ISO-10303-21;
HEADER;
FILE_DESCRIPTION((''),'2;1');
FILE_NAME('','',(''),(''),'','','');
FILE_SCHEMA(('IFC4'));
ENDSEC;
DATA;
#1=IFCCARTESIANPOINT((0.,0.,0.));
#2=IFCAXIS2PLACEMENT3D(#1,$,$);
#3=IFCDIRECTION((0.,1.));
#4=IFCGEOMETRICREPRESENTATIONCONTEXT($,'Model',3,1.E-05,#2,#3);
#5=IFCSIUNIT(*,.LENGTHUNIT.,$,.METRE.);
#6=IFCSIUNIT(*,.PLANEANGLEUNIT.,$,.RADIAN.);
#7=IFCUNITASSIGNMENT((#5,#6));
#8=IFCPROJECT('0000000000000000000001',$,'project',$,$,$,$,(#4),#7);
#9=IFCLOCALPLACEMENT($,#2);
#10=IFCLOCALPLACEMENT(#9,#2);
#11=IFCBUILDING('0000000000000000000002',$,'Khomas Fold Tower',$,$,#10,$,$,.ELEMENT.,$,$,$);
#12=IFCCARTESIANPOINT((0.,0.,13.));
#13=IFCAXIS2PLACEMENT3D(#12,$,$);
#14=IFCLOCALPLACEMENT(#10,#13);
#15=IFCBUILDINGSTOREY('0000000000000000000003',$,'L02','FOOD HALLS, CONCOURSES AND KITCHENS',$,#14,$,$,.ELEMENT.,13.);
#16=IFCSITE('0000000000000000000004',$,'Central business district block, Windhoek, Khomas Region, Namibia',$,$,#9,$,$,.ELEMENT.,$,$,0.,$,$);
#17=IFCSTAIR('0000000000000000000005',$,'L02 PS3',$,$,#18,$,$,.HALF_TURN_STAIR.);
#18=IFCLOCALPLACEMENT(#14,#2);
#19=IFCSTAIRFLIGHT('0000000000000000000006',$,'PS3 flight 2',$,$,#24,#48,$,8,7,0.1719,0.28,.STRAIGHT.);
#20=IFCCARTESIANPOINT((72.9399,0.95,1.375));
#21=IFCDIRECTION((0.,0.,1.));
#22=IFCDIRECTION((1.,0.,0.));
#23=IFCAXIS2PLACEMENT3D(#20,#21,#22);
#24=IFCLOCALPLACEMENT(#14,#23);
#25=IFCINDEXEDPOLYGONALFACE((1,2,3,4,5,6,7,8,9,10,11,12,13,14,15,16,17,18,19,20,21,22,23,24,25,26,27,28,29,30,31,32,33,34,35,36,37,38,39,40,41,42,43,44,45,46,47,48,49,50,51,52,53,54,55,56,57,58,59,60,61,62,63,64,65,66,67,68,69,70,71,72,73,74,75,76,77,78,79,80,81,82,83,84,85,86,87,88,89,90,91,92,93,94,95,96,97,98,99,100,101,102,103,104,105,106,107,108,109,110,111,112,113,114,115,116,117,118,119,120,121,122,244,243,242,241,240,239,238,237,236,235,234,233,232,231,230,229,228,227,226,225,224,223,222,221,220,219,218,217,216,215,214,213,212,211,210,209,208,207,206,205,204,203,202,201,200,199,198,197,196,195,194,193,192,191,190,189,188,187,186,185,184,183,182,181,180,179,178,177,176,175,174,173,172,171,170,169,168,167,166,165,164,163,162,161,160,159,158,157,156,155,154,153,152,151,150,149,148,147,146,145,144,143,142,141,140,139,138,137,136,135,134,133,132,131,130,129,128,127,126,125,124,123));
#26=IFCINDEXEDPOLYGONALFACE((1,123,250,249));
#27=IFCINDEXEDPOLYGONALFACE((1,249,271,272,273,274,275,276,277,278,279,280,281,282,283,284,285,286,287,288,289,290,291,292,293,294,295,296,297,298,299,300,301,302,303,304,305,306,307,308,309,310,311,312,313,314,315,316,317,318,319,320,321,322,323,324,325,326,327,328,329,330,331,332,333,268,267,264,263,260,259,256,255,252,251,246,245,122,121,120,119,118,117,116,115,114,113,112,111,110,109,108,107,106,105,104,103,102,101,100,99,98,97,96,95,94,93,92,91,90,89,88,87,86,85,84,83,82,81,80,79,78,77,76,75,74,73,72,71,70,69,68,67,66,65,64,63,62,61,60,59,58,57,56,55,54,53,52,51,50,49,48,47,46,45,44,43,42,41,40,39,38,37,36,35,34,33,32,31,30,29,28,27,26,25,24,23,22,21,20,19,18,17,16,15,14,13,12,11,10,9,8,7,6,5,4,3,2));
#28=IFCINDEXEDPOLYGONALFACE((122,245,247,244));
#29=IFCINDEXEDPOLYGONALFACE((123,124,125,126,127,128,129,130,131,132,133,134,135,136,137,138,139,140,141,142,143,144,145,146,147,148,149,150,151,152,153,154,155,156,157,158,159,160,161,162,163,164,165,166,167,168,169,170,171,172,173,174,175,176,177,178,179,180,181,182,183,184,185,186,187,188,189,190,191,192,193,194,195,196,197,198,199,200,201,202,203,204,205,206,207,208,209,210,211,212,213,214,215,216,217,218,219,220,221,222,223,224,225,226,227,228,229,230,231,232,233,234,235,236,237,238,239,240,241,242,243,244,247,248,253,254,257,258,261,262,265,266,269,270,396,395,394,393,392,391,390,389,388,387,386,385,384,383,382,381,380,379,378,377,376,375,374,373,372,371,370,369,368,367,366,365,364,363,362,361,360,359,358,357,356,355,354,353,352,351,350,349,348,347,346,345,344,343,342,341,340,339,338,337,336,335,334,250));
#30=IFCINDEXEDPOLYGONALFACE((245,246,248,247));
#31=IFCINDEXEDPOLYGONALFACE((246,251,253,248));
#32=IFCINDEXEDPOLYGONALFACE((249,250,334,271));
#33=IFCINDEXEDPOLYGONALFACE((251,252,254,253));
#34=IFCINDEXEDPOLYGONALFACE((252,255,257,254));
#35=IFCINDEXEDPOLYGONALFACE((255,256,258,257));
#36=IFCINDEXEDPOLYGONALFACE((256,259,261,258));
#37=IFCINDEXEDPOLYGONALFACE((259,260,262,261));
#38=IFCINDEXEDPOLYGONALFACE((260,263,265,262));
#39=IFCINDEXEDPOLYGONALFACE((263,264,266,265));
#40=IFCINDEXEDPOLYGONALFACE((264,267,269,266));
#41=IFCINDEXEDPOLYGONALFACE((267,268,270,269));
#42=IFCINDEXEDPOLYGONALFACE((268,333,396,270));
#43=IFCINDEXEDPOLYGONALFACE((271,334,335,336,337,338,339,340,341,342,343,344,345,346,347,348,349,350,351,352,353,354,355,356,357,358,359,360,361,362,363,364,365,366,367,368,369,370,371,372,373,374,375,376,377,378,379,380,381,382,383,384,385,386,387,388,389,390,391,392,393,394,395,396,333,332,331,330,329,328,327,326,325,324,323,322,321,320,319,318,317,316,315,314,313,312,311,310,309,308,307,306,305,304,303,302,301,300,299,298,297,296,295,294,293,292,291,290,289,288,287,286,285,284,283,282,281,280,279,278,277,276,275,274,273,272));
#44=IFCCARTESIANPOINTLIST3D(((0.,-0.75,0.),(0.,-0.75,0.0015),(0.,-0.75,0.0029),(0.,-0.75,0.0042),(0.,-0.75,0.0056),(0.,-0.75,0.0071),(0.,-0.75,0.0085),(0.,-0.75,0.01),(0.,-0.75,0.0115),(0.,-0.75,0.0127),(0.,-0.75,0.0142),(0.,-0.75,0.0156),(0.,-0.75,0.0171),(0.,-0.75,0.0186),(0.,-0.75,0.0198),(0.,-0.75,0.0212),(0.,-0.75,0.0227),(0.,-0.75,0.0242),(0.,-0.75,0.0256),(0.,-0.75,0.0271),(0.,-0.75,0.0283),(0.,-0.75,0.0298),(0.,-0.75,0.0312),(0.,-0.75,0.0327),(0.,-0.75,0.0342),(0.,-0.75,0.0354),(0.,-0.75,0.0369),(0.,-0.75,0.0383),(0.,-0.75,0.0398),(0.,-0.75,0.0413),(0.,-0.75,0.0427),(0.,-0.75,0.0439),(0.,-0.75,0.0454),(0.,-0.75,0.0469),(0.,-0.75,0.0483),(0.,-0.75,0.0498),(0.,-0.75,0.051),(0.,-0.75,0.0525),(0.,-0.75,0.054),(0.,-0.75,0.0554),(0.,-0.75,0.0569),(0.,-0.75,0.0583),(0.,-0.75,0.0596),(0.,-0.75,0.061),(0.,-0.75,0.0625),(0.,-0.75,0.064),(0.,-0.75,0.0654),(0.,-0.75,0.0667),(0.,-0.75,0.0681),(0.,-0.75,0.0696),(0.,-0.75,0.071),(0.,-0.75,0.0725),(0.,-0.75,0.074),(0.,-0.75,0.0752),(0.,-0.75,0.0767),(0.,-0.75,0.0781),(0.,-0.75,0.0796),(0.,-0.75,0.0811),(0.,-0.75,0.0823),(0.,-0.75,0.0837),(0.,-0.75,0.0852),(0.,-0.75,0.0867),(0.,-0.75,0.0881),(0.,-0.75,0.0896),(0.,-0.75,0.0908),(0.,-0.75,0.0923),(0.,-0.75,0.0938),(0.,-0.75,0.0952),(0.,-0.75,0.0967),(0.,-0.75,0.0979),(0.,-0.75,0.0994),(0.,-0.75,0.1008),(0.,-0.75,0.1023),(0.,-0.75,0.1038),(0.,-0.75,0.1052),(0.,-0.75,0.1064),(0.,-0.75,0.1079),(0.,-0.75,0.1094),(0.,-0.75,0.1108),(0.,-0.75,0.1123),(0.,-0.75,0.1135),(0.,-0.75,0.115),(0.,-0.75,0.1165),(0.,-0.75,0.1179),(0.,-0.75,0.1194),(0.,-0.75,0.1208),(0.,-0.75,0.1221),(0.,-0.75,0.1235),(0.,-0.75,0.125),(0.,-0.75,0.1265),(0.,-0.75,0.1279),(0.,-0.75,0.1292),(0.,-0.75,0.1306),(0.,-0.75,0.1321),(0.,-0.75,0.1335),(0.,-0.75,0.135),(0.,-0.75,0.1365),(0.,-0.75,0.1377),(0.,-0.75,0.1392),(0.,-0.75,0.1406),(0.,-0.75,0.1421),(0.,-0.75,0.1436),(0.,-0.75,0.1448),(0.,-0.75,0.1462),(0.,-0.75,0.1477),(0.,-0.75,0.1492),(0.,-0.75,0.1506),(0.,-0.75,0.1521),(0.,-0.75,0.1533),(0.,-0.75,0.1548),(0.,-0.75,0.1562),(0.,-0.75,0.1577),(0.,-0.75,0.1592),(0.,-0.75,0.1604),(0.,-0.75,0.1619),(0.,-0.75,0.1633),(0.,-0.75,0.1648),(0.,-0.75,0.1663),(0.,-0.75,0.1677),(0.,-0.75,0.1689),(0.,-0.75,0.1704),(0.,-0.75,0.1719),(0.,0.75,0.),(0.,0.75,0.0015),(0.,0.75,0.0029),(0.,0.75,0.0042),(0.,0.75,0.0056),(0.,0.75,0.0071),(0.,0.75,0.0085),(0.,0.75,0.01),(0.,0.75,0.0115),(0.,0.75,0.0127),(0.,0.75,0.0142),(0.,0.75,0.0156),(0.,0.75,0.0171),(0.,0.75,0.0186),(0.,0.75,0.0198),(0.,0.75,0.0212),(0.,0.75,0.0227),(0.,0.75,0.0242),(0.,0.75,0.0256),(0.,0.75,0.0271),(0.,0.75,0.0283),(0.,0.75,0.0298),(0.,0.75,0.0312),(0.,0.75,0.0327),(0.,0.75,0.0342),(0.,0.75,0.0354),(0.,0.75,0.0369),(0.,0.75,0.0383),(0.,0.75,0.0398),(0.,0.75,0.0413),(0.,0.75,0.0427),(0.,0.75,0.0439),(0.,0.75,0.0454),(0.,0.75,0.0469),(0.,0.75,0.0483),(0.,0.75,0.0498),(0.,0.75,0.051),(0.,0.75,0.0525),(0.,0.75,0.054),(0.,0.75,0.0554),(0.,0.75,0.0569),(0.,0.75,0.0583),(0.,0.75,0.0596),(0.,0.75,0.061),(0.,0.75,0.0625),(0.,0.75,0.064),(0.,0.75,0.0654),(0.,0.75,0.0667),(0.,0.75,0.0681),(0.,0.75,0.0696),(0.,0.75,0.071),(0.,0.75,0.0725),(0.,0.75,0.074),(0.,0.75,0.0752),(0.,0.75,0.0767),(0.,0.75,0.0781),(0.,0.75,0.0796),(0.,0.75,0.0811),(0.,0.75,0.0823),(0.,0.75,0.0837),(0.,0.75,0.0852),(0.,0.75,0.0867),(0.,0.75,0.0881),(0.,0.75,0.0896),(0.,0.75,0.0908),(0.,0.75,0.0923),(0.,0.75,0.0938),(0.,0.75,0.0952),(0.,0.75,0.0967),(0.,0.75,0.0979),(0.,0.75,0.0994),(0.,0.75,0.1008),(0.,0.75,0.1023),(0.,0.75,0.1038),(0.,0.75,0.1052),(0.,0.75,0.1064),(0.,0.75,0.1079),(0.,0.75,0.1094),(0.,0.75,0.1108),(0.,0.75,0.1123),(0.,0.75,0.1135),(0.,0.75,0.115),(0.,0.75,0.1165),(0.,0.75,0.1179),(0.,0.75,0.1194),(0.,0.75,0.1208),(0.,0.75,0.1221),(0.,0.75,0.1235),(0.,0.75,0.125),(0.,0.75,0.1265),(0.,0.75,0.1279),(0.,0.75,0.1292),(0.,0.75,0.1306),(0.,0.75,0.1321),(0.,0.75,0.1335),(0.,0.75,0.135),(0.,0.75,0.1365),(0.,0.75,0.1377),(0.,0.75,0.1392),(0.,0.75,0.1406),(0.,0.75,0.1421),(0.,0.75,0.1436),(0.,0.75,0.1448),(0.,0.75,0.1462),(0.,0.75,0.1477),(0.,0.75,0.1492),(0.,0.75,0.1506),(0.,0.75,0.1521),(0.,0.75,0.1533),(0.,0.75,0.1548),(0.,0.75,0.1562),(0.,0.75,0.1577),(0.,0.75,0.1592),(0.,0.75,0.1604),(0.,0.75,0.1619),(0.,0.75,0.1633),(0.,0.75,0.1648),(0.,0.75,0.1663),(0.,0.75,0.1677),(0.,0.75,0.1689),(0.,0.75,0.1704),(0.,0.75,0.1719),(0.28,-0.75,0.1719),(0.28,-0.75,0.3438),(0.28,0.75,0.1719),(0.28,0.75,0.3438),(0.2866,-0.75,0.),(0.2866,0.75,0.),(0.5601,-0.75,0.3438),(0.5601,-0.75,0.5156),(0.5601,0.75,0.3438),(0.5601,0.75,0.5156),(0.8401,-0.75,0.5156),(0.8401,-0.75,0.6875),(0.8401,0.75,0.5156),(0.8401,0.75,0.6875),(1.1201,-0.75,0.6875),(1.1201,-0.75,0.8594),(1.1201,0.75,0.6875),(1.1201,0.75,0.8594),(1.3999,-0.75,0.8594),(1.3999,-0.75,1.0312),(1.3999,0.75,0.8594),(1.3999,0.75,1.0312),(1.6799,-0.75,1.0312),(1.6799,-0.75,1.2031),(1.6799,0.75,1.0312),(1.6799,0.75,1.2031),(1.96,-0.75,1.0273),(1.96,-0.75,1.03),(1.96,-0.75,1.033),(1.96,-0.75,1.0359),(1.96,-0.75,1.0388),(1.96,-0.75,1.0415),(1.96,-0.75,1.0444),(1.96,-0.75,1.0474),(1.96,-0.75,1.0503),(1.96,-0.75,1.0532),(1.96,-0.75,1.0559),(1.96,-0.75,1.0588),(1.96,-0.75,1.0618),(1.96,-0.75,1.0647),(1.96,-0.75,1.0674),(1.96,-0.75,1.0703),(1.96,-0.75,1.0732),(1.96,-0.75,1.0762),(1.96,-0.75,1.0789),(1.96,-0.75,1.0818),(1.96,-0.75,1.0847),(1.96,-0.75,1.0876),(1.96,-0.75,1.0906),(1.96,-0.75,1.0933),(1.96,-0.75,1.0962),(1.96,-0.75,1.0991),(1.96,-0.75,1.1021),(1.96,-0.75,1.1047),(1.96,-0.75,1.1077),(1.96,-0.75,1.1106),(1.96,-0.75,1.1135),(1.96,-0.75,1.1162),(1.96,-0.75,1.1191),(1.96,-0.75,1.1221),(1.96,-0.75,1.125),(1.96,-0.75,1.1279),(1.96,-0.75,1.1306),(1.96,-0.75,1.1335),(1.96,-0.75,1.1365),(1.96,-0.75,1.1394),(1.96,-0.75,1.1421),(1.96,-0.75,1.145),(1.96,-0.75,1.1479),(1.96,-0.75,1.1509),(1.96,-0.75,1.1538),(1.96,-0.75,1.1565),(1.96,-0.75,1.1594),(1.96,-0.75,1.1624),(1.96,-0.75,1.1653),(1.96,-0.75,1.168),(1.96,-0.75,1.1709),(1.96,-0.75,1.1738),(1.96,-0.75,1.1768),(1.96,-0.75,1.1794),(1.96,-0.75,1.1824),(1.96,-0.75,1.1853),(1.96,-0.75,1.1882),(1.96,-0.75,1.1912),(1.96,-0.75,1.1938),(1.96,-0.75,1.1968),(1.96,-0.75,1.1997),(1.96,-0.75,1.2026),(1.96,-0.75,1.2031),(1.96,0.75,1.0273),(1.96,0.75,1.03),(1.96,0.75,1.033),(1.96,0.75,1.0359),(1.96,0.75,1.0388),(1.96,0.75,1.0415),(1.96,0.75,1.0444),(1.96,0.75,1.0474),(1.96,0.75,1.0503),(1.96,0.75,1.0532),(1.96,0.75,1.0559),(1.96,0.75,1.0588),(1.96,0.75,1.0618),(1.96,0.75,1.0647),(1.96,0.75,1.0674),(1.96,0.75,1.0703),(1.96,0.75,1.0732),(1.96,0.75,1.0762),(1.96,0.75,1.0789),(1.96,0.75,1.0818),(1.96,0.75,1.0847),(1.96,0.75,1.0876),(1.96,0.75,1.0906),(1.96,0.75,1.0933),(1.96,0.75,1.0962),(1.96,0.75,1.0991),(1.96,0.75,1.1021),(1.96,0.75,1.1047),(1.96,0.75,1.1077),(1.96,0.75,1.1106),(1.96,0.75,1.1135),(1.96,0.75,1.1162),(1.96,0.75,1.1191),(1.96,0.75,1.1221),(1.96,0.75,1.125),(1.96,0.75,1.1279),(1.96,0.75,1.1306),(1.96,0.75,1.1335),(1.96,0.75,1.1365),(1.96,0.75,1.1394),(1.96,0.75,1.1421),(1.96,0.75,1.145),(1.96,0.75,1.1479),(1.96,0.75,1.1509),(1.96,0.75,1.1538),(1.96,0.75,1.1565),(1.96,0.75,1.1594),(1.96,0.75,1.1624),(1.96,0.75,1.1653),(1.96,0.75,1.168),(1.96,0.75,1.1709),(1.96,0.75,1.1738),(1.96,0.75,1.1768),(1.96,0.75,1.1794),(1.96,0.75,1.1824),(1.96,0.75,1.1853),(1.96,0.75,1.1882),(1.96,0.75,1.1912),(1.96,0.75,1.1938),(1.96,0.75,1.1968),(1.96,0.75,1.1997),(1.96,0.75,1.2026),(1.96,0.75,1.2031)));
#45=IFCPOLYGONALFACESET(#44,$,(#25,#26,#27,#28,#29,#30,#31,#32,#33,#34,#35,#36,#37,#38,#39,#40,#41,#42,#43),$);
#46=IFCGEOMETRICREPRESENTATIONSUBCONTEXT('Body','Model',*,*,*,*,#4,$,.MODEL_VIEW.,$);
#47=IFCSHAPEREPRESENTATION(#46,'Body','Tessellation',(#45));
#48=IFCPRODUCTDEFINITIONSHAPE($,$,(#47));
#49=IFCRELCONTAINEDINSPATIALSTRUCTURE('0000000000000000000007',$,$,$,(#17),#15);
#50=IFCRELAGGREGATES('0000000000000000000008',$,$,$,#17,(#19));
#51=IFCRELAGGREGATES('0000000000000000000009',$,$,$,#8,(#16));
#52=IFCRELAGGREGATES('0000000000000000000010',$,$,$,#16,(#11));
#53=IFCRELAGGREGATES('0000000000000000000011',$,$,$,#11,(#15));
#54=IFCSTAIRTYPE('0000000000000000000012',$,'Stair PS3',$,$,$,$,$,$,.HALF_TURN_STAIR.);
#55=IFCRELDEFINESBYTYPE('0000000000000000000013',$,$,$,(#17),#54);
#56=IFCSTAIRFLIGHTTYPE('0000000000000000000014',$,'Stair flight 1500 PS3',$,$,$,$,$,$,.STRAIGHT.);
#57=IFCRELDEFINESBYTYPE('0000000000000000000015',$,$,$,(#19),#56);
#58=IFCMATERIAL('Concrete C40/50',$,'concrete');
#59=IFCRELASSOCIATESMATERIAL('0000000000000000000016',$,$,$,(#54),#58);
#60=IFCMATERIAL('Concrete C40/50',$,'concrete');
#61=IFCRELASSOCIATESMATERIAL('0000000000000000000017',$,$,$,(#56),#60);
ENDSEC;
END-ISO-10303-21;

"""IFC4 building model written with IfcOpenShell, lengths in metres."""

from ifc_helpers import new_model, si_unit, direction, frame, origin, place, context, subcontext, project, spatial, polyline, outline, extrude, source, transform, mapped, material, type_object, element, aggregate, save


model = new_model("IFC4")

# Units and contexts
model_context = context("Model", 3, precision=1e-05, world=origin(), true_north=direction((0.0, 1.0)))
body_context = subcontext(model_context, "Body", "Model", "MODEL_VIEW")
ifc_project = project(units=[si_unit("LENGTHUNIT", "METRE"), si_unit("PLANEANGLEUNIT", "RADIAN")], contexts=[model_context])

# Site, building, storey
site_placement = place(None, origin())
site = spatial("IfcSite", under=ifc_project, at=site_placement, Name="Central business district block, Windhoek, Khomas Region, Namibia", CompositionType="ELEMENT", RefElevation=0.0)
building_placement = place(site_placement, origin())
building = spatial("IfcBuilding", under=site, at=building_placement, Name="Khomas Fold Tower", CompositionType="ELEMENT")
storey_placement = place(building_placement, frame((0.0, 0.0, 13.0)))
storey = spatial("IfcBuildingStorey", under=building, at=storey_placement, Name="L02", Description="FOOD HALLS, CONCOURSES AND KITCHENS", CompositionType="ELEMENT", Elevation=13.0)

# Stair, stair flight
ifc_material_1 = material(Name="Concrete C40/50", Category="concrete")
stair_type = type_object("IfcStairType", Name="Stair PS3", PredefinedType="HALF_TURN_STAIR", material=ifc_material_1)
stair_placement = place(storey_placement, origin())
stair = element("IfcStair", 1, at=stair_placement, inside=storey, type_object=stair_type, Name="L02 PS3", PredefinedType="HALF_TURN_STAIR")
ifc_material_2 = material(Name="Concrete C40/50", Category="concrete")
stair_flight_type = type_object("IfcStairFlightType", Name="Stair flight 1500 PS3", PredefinedType="STRAIGHT", material=ifc_material_2)
shared_shape_1 = source(origin(), body_context, "Body", "SweptSolid", [
    extrude(outline(polyline([(0.0, 0.0), (0.0, 0.0015), (0.0, 0.0029), (0.0, 0.0042), (0.0, 0.0056), (0.0, 0.0071), (0.0, 0.0085), (0.0, 0.01), (0.0, 0.0115), (0.0, 0.0127), (0.0, 0.0142), (0.0, 0.0156), (0.0, 0.0171), (0.0, 0.0186), (0.0, 0.0198), (0.0, 0.0212), (0.0, 0.0227), (0.0, 0.0242), (0.0, 0.0256), (0.0, 0.0271), (0.0, 0.0283), (0.0, 0.0298), (0.0, 0.0312), (0.0, 0.0327), (0.0, 0.0342), (0.0, 0.0354), (0.0, 0.0369), (0.0, 0.0383), (0.0, 0.0398), (0.0, 0.0413), (0.0, 0.0427), (0.0, 0.0439), (0.0, 0.0454), (0.0, 0.0469), (0.0, 0.0483), (0.0, 0.0498), (0.0, 0.051), (0.0, 0.0525), (0.0, 0.054), (0.0, 0.0554), (0.0, 0.0569), (0.0, 0.0583), (0.0, 0.0596), (0.0, 0.061), (0.0, 0.0625), (0.0, 0.064), (0.0, 0.0654), (0.0, 0.0667), (0.0, 0.0681), (0.0, 0.0696), (0.0, 0.071), (0.0, 0.0725), (0.0, 0.074), (0.0, 0.0752), (0.0, 0.0767), (0.0, 0.0781), (0.0, 0.0796), (0.0, 0.0811), (0.0, 0.0823), (0.0, 0.0837), (0.0, 0.0852), (0.0, 0.0867), (0.0, 0.0881), (0.0, 0.0896), (0.0, 0.0908), (0.0, 0.0923), (0.0, 0.0938), (0.0, 0.0952), (0.0, 0.0967), (0.0, 0.0979), (0.0, 0.0994), (0.0, 0.1008), (0.0, 0.1023), (0.0, 0.1038), (0.0, 0.1052), (0.0, 0.1064), (0.0, 0.1079), (0.0, 0.1094), (0.0, 0.1108), (0.0, 0.1123), (0.0, 0.1135), (0.0, 0.115), (0.0, 0.1165), (0.0, 0.1179), (0.0, 0.1194), (0.0, 0.1208), (0.0, 0.1221), (0.0, 0.1235), (0.0, 0.125), (0.0, 0.1265), (0.0, 0.1279), (0.0, 0.1292), (0.0, 0.1306), (0.0, 0.1321), (0.0, 0.1335), (0.0, 0.135), (0.0, 0.1365), (0.0, 0.1377), (0.0, 0.1392), (0.0, 0.1406), (0.0, 0.1421), (0.0, 0.1436), (0.0, 0.1448), (0.0, 0.1462), (0.0, 0.1477), (0.0, 0.1492), (0.0, 0.1506), (0.0, 0.1521), (0.0, 0.1533), (0.0, 0.1548), (0.0, 0.1562), (0.0, 0.1577), (0.0, 0.1592), (0.0, 0.1604), (0.0, 0.1619), (0.0, 0.1633), (0.0, 0.1648), (0.0, 0.1663), (0.0, 0.1677), (0.0, 0.1689), (0.0, 0.1704), (0.0, 0.1719), (0.28, 0.1719), (0.28, 0.3438), (0.5601, 0.3438), (0.5601, 0.5156), (0.8401, 0.5156), (0.8401, 0.6875), (1.1201, 0.6875), (1.1201, 0.8594), (1.3999, 0.8594), (1.3999, 1.0312), (1.6799, 1.0312), (1.6799, 1.2031), (1.96, 1.2031), (1.96, 1.375), (1.96, 1.3721), (1.96, 1.3691), (1.96, 1.3665), (1.96, 1.3635), (1.96, 1.3606), (1.96, 1.3577), (1.96, 1.355), (1.96, 1.3521), (1.96, 1.3491), (1.96, 1.3462), (1.96, 1.3435), (1.96, 1.3406), (1.96, 1.3376), (1.96, 1.3347), (1.96, 1.3318), (1.96, 1.3291), (1.96, 1.3262), (1.96, 1.3232), (1.96, 1.3203), (1.96, 1.3176), (1.96, 1.3147), (1.96, 1.3118), (1.96, 1.3088), (1.96, 1.3059), (1.96, 1.3032), (1.96, 1.3003), (1.96, 1.2974), (1.96, 1.2944), (1.96, 1.2917), (1.96, 1.2888), (1.96, 1.2859), (1.96, 1.283), (1.96, 1.2803), (1.96, 1.2773), (1.96, 1.2744), (1.96, 1.2715), (1.96, 1.2686), (1.96, 1.2659), (1.96, 1.2629), (1.96, 1.26), (1.96, 1.2571), (1.96, 1.2544), (1.96, 1.2515), (1.96, 1.2485), (1.96, 1.2456), (1.96, 1.2427), (1.96, 1.24), (1.96, 1.2371), (1.96, 1.2341), (1.96, 1.2312), (1.96, 1.2285), (1.96, 1.2256), (1.96, 1.2227), (1.96, 1.2197), (1.96, 1.217), (1.96, 1.2141), (1.96, 1.2112), (1.96, 1.2083), (1.96, 1.2053), (1.96, 1.2026), (1.96, 1.1997), (1.96, 1.1968), (1.96, 1.1938), (1.96, 1.1912), (1.96, 1.1882), (1.96, 1.1853), (1.96, 1.1824), (1.96, 1.1794), (1.96, 1.1768), (1.96, 1.1738), (1.96, 1.1709), (1.96, 1.168), (1.96, 1.1653), (1.96, 1.1624), (1.96, 1.1594), (1.96, 1.1565), (1.96, 1.1538), (1.96, 1.1509), (1.96, 1.1479), (1.96, 1.145), (1.96, 1.1421), (1.96, 1.1394), (1.96, 1.1365), (1.96, 1.1335), (1.96, 1.1306), (1.96, 1.1279), (1.96, 1.125), (1.96, 1.1221), (1.96, 1.1191), (1.96, 1.1162), (1.96, 1.1135), (1.96, 1.1106), (1.96, 1.1077), (1.96, 1.1047), (1.96, 1.1021), (1.96, 1.0991), (1.96, 1.0962), (1.96, 1.0933), (1.96, 1.0906), (1.96, 1.0876), (1.96, 1.0847), (1.96, 1.0818), (1.96, 1.0789), (1.96, 1.0762), (1.96, 1.0732), (1.96, 1.0703), (1.96, 1.0674), (1.96, 1.0647), (1.96, 1.0618), (1.96, 1.0588), (1.96, 1.0559), (1.96, 1.0532), (1.96, 1.0503), (1.96, 1.0474), (1.96, 1.0444), (1.96, 1.0415), (1.96, 1.0388), (1.96, 1.0359), (1.96, 1.033), (1.96, 1.03), (1.96, 1.0273), (0.2866, 0.0), (0.0, 0.0)])), frame((0.0, 0.75, 0.0), z_axis=(0.0, -1.0, 0.0), x_axis=(1.0, 0.0, 0.0)), (0.0, 0.0, 1.0), 1.5),
])
stair_flight_1_placement = place(storey_placement, frame((72.9399, 0.95, 1.375), z_axis=(0.0, 0.0, 1.0), x_axis=(1.0, 0.0, 0.0)))
stair_flight_1 = element("IfcStairFlight", 2, at=stair_flight_1_placement, type_object=stair_flight_type, Name="PS3 flight 2", NumberOfRisers=8, NumberOfTreads=7, PredefinedType="STRAIGHT", RiserHeight=0.1719, TreadLength=0.28, context=body_context, shape_type="MappedRepresentation", body=[
    mapped(shared_shape_1, transform((0.0, 0.0, 0.0))),
])
aggregate(stair, [stair_flight_1])

save(model, "model.ifc")
